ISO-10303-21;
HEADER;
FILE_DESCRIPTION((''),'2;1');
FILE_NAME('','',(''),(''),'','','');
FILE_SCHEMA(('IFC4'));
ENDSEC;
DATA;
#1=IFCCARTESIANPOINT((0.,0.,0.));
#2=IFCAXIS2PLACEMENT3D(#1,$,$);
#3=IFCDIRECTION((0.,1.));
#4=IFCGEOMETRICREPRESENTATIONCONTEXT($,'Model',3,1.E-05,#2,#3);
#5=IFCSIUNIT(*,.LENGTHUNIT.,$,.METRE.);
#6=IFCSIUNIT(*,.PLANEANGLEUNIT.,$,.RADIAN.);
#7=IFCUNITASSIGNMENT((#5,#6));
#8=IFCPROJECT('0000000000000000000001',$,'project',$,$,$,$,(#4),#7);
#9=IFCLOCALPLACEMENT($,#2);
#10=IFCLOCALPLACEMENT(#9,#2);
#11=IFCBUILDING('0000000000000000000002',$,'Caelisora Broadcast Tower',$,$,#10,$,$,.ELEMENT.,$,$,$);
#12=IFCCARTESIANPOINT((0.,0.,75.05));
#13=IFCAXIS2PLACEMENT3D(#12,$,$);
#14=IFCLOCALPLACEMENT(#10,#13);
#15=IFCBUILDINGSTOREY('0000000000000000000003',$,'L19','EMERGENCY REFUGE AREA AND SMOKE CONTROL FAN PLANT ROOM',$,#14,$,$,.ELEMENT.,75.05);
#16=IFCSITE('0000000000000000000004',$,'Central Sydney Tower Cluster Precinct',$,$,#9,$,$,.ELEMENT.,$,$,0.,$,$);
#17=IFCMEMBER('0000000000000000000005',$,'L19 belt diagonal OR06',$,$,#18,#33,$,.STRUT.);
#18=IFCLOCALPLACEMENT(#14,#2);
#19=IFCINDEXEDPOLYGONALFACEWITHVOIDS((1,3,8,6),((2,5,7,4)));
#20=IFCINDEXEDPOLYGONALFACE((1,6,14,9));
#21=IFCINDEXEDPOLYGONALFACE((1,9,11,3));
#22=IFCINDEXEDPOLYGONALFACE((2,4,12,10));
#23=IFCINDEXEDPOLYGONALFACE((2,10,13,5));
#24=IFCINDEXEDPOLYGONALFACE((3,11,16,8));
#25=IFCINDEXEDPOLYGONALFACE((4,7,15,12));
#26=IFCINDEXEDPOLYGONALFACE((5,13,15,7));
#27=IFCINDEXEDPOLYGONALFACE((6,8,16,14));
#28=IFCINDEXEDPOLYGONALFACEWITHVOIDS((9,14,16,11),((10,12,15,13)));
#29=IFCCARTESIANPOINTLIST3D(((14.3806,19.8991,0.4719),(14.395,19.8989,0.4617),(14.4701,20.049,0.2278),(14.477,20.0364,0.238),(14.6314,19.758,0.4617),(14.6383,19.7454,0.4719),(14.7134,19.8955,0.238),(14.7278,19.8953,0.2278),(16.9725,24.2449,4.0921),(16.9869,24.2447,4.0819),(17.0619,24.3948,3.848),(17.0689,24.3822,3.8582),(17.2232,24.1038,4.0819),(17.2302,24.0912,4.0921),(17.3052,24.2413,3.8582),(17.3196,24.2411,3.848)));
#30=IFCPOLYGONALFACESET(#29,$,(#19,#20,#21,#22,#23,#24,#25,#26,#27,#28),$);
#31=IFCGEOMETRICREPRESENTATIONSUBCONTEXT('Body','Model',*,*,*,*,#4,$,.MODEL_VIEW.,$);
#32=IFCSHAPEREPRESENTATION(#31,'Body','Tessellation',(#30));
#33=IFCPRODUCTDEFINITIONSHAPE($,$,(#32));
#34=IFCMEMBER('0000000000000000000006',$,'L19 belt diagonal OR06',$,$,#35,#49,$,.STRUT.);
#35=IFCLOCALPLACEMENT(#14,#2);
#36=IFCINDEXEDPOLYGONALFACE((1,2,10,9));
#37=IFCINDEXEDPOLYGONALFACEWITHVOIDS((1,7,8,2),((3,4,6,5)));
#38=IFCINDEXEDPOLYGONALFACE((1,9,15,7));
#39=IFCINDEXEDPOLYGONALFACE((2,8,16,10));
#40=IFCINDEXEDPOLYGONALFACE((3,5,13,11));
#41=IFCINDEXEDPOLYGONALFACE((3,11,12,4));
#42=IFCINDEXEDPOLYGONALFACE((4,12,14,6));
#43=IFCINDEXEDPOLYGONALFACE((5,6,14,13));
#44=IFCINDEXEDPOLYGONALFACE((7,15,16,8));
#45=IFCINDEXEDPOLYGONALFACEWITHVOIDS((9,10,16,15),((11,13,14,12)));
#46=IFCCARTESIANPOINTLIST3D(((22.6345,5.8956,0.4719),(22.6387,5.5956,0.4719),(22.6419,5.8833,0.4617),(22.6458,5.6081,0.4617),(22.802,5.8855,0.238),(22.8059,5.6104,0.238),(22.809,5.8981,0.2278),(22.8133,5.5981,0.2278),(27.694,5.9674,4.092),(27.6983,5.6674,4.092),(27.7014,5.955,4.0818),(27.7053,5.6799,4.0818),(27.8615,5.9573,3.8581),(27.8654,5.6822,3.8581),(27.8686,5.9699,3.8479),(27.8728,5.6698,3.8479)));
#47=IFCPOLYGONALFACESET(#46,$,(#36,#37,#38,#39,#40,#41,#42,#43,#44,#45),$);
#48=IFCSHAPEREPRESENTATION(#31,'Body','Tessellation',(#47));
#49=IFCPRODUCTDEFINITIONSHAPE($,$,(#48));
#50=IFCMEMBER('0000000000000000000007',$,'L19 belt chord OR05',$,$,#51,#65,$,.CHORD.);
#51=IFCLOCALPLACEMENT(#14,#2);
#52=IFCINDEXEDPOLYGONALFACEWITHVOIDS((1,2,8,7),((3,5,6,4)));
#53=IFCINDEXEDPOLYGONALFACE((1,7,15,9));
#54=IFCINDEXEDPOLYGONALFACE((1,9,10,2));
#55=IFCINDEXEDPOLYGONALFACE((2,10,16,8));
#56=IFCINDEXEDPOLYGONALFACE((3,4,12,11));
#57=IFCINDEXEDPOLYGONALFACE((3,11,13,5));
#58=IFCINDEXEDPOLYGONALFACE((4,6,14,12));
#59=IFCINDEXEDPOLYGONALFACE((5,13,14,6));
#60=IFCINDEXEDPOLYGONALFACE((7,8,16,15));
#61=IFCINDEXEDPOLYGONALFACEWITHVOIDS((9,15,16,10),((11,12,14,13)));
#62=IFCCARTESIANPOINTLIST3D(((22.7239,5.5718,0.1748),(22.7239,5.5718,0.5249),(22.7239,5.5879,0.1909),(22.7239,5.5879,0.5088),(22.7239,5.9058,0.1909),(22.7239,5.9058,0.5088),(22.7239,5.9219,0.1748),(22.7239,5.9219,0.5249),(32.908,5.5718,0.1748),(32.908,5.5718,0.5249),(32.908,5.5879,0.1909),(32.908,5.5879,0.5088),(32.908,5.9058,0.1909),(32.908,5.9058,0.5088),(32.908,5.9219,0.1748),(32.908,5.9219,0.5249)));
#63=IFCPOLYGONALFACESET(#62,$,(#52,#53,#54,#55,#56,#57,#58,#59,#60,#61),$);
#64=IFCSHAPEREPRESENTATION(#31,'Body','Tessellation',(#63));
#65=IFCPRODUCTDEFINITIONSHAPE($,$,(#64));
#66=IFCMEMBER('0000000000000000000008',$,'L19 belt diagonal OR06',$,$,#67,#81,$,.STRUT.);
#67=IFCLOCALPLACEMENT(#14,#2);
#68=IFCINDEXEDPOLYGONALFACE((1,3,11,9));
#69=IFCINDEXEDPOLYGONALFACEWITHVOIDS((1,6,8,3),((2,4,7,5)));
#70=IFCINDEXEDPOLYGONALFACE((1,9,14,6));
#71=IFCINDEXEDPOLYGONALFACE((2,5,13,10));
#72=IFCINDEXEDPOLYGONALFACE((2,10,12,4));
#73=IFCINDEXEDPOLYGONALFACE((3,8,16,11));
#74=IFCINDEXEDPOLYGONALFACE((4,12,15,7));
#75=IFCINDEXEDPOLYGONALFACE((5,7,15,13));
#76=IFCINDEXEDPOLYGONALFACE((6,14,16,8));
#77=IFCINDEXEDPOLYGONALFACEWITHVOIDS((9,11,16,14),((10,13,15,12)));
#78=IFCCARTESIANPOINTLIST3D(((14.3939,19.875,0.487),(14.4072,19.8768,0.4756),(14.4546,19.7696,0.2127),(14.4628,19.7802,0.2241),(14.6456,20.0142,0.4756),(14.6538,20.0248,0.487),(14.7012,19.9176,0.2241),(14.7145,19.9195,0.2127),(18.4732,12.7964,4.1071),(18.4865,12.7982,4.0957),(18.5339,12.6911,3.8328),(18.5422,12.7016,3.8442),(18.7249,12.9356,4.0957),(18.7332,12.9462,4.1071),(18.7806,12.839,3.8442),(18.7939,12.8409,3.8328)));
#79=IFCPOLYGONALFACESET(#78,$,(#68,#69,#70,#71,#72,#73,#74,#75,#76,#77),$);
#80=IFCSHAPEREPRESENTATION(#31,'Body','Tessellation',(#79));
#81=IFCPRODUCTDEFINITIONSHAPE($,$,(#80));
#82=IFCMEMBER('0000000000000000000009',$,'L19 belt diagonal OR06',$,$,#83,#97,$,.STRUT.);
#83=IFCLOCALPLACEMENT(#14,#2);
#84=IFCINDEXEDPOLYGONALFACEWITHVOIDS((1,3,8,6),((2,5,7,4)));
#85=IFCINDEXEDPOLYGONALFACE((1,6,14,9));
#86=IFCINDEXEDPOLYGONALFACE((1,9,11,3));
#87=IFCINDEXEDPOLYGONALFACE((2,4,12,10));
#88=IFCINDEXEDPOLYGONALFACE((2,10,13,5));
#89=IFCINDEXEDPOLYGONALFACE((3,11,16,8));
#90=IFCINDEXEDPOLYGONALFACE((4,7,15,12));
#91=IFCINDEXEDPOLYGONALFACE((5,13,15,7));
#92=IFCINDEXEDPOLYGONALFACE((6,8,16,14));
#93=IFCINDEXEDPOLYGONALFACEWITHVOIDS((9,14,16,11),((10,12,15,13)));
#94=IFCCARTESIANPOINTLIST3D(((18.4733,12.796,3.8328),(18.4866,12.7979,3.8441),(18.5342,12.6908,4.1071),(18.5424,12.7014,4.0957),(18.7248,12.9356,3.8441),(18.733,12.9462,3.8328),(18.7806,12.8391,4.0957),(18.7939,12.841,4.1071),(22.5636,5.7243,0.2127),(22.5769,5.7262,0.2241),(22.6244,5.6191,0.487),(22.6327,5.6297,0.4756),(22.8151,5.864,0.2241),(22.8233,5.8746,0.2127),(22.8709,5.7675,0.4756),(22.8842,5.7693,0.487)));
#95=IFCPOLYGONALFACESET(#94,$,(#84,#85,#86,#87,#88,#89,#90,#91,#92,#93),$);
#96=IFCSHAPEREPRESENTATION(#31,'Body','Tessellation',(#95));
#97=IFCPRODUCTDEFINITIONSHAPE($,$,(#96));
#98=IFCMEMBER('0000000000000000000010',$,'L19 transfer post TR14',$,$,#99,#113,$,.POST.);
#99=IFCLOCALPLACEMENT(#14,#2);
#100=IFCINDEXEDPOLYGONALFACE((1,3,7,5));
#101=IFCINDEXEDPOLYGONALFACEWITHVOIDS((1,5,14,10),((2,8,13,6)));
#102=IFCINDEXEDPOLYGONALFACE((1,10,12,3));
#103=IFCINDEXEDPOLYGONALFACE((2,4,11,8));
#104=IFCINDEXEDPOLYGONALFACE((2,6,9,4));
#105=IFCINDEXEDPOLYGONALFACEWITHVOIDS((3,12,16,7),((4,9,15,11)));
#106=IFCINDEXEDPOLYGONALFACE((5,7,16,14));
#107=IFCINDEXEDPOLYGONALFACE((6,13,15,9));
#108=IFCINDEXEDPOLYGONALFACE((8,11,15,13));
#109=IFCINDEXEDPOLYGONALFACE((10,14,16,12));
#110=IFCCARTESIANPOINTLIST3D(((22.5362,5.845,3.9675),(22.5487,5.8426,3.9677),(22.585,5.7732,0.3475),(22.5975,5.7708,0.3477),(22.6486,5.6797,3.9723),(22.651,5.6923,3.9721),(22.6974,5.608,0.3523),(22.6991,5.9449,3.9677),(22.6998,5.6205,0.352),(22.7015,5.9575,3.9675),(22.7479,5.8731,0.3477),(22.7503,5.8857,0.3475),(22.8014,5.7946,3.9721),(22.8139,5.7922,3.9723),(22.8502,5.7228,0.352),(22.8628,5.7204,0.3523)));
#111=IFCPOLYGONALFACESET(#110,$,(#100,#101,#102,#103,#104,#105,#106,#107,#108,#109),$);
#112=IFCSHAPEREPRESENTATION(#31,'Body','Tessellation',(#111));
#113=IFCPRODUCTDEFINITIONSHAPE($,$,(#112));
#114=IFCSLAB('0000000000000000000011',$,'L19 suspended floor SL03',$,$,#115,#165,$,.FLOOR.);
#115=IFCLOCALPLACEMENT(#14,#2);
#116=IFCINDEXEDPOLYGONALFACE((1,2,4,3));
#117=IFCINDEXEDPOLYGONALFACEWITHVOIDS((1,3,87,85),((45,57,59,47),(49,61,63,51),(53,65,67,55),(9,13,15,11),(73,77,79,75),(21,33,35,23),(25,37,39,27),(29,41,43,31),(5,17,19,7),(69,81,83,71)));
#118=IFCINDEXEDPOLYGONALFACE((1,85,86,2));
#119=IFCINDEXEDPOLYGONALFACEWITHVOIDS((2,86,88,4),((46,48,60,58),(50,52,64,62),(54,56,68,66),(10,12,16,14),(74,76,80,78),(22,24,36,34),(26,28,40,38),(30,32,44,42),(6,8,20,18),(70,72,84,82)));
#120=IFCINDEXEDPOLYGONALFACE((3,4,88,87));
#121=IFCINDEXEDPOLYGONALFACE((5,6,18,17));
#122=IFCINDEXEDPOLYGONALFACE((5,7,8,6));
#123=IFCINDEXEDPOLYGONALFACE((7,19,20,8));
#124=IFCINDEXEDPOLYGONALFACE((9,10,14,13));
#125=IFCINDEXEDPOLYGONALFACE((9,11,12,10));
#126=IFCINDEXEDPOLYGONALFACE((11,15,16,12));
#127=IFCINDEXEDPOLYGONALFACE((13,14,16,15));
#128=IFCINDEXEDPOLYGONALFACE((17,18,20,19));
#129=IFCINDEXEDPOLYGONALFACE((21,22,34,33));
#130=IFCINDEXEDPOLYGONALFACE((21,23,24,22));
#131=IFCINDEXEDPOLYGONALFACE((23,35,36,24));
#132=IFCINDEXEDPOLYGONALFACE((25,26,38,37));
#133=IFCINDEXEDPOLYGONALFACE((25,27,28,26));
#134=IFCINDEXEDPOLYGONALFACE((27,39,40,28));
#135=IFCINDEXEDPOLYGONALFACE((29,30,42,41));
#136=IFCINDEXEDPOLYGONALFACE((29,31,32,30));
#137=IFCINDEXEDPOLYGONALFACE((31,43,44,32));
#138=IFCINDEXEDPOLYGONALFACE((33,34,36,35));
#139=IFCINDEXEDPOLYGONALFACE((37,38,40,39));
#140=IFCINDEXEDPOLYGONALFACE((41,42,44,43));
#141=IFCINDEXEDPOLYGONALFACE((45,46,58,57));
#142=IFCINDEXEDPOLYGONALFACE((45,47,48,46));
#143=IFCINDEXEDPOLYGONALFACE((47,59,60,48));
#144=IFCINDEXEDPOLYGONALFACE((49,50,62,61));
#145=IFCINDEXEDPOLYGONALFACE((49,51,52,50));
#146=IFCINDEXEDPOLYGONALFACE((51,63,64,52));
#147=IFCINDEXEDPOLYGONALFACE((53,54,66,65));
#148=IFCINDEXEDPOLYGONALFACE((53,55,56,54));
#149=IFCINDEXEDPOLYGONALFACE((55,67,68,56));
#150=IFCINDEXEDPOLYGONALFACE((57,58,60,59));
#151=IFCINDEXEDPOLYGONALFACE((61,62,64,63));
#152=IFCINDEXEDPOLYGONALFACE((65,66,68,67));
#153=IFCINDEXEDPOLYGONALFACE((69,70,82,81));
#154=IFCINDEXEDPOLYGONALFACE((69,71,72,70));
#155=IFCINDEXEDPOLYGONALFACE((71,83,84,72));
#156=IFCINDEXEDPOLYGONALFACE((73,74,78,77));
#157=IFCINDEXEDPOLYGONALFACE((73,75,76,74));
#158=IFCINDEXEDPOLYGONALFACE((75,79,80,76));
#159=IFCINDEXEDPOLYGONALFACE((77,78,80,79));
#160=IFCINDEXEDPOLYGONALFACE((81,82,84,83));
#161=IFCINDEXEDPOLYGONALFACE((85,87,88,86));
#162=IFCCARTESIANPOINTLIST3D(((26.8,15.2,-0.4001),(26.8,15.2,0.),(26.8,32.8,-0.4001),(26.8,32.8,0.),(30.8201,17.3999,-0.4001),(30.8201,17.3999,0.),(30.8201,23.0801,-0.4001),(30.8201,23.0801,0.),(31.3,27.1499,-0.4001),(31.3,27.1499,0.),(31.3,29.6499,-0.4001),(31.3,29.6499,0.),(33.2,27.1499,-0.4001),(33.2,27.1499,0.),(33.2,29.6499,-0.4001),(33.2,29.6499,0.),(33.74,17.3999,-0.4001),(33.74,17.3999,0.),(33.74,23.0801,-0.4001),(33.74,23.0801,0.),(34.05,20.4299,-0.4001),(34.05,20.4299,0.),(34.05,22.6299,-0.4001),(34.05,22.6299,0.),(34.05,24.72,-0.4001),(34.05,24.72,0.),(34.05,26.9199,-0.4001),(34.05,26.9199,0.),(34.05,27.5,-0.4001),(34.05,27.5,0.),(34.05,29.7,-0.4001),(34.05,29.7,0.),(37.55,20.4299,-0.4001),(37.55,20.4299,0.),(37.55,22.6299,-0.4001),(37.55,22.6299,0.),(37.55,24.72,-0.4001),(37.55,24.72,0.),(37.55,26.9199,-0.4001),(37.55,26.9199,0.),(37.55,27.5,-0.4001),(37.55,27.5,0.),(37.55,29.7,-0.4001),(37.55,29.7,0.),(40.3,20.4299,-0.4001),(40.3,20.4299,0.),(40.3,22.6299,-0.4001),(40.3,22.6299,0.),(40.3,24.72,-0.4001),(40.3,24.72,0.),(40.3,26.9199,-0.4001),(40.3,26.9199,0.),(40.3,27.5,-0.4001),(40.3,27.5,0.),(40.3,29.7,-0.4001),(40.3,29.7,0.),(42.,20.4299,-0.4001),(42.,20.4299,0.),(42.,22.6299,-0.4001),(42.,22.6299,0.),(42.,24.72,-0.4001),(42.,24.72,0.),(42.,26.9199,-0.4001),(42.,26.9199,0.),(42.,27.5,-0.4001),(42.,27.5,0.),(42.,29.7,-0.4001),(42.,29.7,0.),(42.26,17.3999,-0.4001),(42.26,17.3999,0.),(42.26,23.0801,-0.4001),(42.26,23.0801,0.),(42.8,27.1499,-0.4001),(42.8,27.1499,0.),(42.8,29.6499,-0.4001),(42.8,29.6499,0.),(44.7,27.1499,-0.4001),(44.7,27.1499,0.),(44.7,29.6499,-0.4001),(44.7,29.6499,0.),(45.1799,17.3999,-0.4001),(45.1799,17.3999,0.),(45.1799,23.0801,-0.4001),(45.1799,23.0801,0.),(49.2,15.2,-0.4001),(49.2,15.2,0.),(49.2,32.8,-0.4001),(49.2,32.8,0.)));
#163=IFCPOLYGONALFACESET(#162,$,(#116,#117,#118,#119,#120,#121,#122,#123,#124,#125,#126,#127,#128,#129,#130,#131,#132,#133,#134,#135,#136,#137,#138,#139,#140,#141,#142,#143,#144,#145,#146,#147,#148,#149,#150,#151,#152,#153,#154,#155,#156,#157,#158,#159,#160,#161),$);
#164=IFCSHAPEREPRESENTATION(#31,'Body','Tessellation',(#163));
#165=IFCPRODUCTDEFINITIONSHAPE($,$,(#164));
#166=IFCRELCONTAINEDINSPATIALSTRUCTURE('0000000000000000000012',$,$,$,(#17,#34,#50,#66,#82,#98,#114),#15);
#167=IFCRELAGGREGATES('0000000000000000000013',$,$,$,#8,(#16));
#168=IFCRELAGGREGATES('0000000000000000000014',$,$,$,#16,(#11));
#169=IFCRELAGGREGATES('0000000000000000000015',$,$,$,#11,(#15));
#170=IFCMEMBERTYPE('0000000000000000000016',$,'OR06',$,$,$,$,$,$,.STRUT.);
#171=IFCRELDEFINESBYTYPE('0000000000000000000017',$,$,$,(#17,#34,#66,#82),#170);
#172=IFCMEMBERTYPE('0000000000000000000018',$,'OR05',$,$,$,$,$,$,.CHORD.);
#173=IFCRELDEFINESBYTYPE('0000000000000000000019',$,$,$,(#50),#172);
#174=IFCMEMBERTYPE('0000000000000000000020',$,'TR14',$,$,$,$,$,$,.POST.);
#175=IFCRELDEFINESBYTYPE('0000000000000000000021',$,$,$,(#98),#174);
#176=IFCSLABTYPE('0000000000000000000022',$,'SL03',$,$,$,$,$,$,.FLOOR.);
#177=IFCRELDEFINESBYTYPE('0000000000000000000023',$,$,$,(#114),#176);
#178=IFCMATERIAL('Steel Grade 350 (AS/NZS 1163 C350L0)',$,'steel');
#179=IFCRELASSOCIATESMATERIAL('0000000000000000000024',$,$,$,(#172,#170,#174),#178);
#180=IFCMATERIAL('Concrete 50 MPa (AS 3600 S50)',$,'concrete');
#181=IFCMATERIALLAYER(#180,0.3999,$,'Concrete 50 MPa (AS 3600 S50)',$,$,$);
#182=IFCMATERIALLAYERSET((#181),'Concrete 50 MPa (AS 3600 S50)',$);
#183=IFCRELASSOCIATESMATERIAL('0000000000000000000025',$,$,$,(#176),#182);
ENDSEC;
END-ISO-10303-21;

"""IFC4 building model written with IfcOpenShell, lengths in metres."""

from ifc_helpers import new_model, si_unit, direction, frame, origin, origin_2d, place, context, subcontext, project, spatial, polyline, hollow_rectangle, outline, extrude, source, transform, mapped, material, layer, layer_set, material_profile, profile_set, type_object, type_shapes, element, save


model = new_model("IFC4")

# Units and contexts
model_context = context("Model", 3, precision=1e-05, world=origin(), true_north=direction((0.0, 1.0)))
body_context = subcontext(model_context, "Body", "Model", "MODEL_VIEW")
ifc_project = project(units=[si_unit("LENGTHUNIT", "METRE"), si_unit("PLANEANGLEUNIT", "RADIAN")], contexts=[model_context])

# Site, building, storey
site_placement = place(None, origin())
site = spatial("IfcSite", under=ifc_project, at=site_placement, Name="Central Sydney Tower Cluster Precinct", CompositionType="ELEMENT", RefElevation=0.0)
building_placement = place(site_placement, origin())
building = spatial("IfcBuilding", under=site, at=building_placement, Name="Caelisora Broadcast Tower", CompositionType="ELEMENT")
storey_placement = place(building_placement, frame((0.0, 0.0, 75.05)))
storey = spatial("IfcBuildingStorey", under=building, at=storey_placement, Name="L19", Description="EMERGENCY REFUGE AREA AND SMOKE CONTROL FAN PLANT ROOM", CompositionType="ELEMENT", Elevation=75.05)

# Members
ifc_material_1 = material(Name="Steel Grade 350 (AS/NZS 1163 C350L0)", Category="steel")
ifc_material_profile_1 = material_profile(ifc_material_1, hollow_rectangle(XDim=0.3501, YDim=0.3501, WallThickness=0.0161, at=origin_2d()), Name="Steel Grade 350 (AS/NZS 1163 C350L0)")
ifc_profile_set_1 = profile_set([ifc_material_profile_1], Name="Steel Grade 350 (AS/NZS 1163 C350L0)")
member_type_1 = type_object("IfcMemberType", Name="OR05", PredefinedType="CHORD", material=ifc_profile_set_1)
ifc_material_profile_2 = material_profile(ifc_material_1, hollow_rectangle(XDim=0.3, YDim=0.3, WallThickness=0.0125, at=origin_2d()), Name="Steel Grade 350 (AS/NZS 1163 C350L0)")
ifc_profile_set_2 = profile_set([ifc_material_profile_2], Name="Steel Grade 350 (AS/NZS 1163 C350L0)")
member_type_2 = type_object("IfcMemberType", Name="OR06", PredefinedType="STRUT", material=ifc_profile_set_2)
shared_shape_1 = source(origin(), body_context, "Body", "SweptSolid", [
    extrude(hollow_rectangle(XDim=0.3, YDim=0.3, WallThickness=0.0125, at=origin_2d()), origin(), (0.0, 0.0, 1.0), 6.2217),
])
for number, where, z_axis, x_axis, name in (
    (1, (14.5542, 19.8972, 0.3499), (0.416583, 0.698491, 0.581867), (-0.858852, 0.512223, 0.0), "L19 belt diagonal OR06"),
    (2, (22.7239, 5.7468, 0.3499), (0.813212, 0.011537, 0.581853), (-0.014185, 0.999899, 0.0), "L19 belt diagonal OR06"),
):
    element("IfcMember", number, at=place(storey_placement, frame(where, z_axis=z_axis, x_axis=x_axis)), inside=storey, type_object=member_type_2, Name=name, PredefinedType="STRUT", context=body_context, shape_type="MappedRepresentation", body=[
        mapped(shared_shape_1, transform((0.0, 0.0, 0.0), scale=1.0)),
    ])
shared_shape_2 = source(origin(), body_context, "Body", "SweptSolid", [
    extrude(hollow_rectangle(XDim=0.3501, YDim=0.3501, WallThickness=0.0161, at=origin_2d()), origin(), (0.0, 0.0, 1.0), 10.1841),
])
member_1_placement = place(storey_placement, frame((22.7239, 5.7468, 0.3499), z_axis=(1.0, 0.0, 0.0), x_axis=(0.0, 1.0, 0.0)))
element("IfcMember", 3, at=member_1_placement, inside=storey, type_object=member_type_1, Name="L19 belt chord OR05", PredefinedType="CHORD", context=body_context, shape_type="MappedRepresentation", body=[
    mapped(shared_shape_2, transform((0.0, 0.0, 0.0), scale=1.0)),
])
shared_shape_3 = source(origin(), body_context, "Body", "SweptSolid", [
    extrude(hollow_rectangle(XDim=0.3, YDim=0.3, WallThickness=0.0125, at=origin_2d()), origin(), (0.0, 0.0, 1.0), 8.936),
])
member_2_placement = place(storey_placement, frame((14.5542, 19.8972, 0.3499), z_axis=(0.456504, -0.792141, 0.405114), x_axis=(0.866422, 0.499312, 0.0)))
element("IfcMember", 4, at=member_2_placement, inside=storey, type_object=member_type_2, Name="L19 belt diagonal OR06", PredefinedType="STRUT", context=body_context, shape_type="MappedRepresentation", body=[
    mapped(shared_shape_3, transform((0.0, 0.0, 0.0), scale=1.0)),
])
shared_shape_4 = source(origin(), body_context, "Body", "SweptSolid", [
    extrude(hollow_rectangle(XDim=0.3, YDim=0.3, WallThickness=0.0125, at=origin_2d()), origin(), (0.0, 0.0, 1.0), 8.9355),
])
type_shapes(member_type_2, [shared_shape_1, shared_shape_3, shared_shape_4])
member_3_placement = place(storey_placement, frame((22.7239, 5.7468, 0.3499), z_axis=(-0.457754, 0.79141, 0.405131), x_axis=(-0.865631, -0.500683, 0.0)))
element("IfcMember", 5, at=member_3_placement, inside=storey, type_object=member_type_2, Name="L19 belt diagonal OR06", PredefinedType="STRUT", context=body_context, shape_type="MappedRepresentation", body=[
    mapped(shared_shape_4, transform((0.0, 0.0, 0.0), scale=1.0)),
])
ifc_material_profile_3 = material_profile(ifc_material_1, hollow_rectangle(XDim=0.2, YDim=0.2, WallThickness=0.009, at=origin_2d()), Name="Steel Grade 350 (AS/NZS 1163 C350L0)")
ifc_profile_set_3 = profile_set([ifc_material_profile_3], Name="Steel Grade 350 (AS/NZS 1163 C350L0)")
member_type_3 = type_object("IfcMemberType", Name="TR14", PredefinedType="POST", material=ifc_profile_set_3)
shared_shape_5 = source(origin(), body_context, "Body", "SweptSolid", [
    extrude(hollow_rectangle(XDim=0.2, YDim=0.2, WallThickness=0.009, at=origin_2d()), origin(), (0.0, 0.0, 1.0), 3.6211),
])
type_shapes(member_type_3, [shared_shape_5])
member_4_placement = place(storey_placement, frame((22.7239, 5.7468, 0.3499), z_axis=(-0.013484, 0.019822, 0.999713), x_axis=(-0.826822, -0.562464, 0.0)))
element("IfcMember", 6, at=member_4_placement, inside=storey, type_object=member_type_3, Name="L19 transfer post TR14", PredefinedType="POST", context=body_context, shape_type="MappedRepresentation", body=[
    mapped(shared_shape_5, transform((0.0, 0.0, 0.0), scale=1.0)),
])

# Slab
ifc_material_2 = material(Name="Concrete 50 MPa (AS 3600 S50)", Category="concrete")
ifc_layer_1 = layer(ifc_material_2, 0.3999, Name="Concrete 50 MPa (AS 3600 S50)")
ifc_layer_set_1 = layer_set([ifc_layer_1], Name="Concrete 50 MPa (AS 3600 S50)")
slab_type_1 = type_object("IfcSlabType", Name="SL03", PredefinedType="FLOOR", material=ifc_layer_set_1)
slab_1_placement = place(storey_placement, frame((0.0, 0.0, -0.4001)))
element("IfcSlab", 7, at=slab_1_placement, inside=storey, type_object=slab_type_1, Name="L19 suspended floor SL03", PredefinedType="FLOOR", context=body_context, shape_type="SweptSolid", body=[
    extrude(outline(polyline([(26.8, 15.2), (26.8, 32.8), (49.2, 32.8), (49.2, 15.2), (26.8, 15.2)]), holes=[polyline([(30.8201, 17.3999), (33.74, 17.3999), (33.74, 23.0801), (30.8201, 23.0801), (30.8201, 17.3999)]), polyline([(42.26, 17.3999), (45.1799, 17.3999), (45.1799, 23.0801), (42.26, 23.0801), (42.26, 17.3999)]), polyline([(42.8, 27.1499), (44.7, 27.1499), (44.7, 29.6499), (42.8, 29.6499), (42.8, 27.1499)]), polyline([(40.3, 20.4299), (42.0, 20.4299), (42.0, 22.6299), (40.3, 22.6299), (40.3, 20.4299)]), polyline([(40.3, 24.72), (42.0, 24.72), (42.0, 26.9199), (40.3, 26.9199), (40.3, 24.72)]), polyline([(40.3, 27.5), (42.0, 27.5), (42.0, 29.7), (40.3, 29.7), (40.3, 27.5)]), polyline([(34.05, 20.4299), (37.55, 20.4299), (37.55, 22.6299), (34.05, 22.6299), (34.05, 20.4299)]), polyline([(34.05, 24.72), (37.55, 24.72), (37.55, 26.9199), (34.05, 26.9199), (34.05, 24.72)]), polyline([(34.05, 27.5), (37.55, 27.5), (37.55, 29.7), (34.05, 29.7), (34.05, 27.5)]), polyline([(31.3, 27.1499), (33.2, 27.1499), (33.2, 29.6499), (31.3, 29.6499), (31.3, 27.1499)])]), origin(), (0.0, 0.0, 1.0), 0.4001),
])

save(model, "model.ifc")
